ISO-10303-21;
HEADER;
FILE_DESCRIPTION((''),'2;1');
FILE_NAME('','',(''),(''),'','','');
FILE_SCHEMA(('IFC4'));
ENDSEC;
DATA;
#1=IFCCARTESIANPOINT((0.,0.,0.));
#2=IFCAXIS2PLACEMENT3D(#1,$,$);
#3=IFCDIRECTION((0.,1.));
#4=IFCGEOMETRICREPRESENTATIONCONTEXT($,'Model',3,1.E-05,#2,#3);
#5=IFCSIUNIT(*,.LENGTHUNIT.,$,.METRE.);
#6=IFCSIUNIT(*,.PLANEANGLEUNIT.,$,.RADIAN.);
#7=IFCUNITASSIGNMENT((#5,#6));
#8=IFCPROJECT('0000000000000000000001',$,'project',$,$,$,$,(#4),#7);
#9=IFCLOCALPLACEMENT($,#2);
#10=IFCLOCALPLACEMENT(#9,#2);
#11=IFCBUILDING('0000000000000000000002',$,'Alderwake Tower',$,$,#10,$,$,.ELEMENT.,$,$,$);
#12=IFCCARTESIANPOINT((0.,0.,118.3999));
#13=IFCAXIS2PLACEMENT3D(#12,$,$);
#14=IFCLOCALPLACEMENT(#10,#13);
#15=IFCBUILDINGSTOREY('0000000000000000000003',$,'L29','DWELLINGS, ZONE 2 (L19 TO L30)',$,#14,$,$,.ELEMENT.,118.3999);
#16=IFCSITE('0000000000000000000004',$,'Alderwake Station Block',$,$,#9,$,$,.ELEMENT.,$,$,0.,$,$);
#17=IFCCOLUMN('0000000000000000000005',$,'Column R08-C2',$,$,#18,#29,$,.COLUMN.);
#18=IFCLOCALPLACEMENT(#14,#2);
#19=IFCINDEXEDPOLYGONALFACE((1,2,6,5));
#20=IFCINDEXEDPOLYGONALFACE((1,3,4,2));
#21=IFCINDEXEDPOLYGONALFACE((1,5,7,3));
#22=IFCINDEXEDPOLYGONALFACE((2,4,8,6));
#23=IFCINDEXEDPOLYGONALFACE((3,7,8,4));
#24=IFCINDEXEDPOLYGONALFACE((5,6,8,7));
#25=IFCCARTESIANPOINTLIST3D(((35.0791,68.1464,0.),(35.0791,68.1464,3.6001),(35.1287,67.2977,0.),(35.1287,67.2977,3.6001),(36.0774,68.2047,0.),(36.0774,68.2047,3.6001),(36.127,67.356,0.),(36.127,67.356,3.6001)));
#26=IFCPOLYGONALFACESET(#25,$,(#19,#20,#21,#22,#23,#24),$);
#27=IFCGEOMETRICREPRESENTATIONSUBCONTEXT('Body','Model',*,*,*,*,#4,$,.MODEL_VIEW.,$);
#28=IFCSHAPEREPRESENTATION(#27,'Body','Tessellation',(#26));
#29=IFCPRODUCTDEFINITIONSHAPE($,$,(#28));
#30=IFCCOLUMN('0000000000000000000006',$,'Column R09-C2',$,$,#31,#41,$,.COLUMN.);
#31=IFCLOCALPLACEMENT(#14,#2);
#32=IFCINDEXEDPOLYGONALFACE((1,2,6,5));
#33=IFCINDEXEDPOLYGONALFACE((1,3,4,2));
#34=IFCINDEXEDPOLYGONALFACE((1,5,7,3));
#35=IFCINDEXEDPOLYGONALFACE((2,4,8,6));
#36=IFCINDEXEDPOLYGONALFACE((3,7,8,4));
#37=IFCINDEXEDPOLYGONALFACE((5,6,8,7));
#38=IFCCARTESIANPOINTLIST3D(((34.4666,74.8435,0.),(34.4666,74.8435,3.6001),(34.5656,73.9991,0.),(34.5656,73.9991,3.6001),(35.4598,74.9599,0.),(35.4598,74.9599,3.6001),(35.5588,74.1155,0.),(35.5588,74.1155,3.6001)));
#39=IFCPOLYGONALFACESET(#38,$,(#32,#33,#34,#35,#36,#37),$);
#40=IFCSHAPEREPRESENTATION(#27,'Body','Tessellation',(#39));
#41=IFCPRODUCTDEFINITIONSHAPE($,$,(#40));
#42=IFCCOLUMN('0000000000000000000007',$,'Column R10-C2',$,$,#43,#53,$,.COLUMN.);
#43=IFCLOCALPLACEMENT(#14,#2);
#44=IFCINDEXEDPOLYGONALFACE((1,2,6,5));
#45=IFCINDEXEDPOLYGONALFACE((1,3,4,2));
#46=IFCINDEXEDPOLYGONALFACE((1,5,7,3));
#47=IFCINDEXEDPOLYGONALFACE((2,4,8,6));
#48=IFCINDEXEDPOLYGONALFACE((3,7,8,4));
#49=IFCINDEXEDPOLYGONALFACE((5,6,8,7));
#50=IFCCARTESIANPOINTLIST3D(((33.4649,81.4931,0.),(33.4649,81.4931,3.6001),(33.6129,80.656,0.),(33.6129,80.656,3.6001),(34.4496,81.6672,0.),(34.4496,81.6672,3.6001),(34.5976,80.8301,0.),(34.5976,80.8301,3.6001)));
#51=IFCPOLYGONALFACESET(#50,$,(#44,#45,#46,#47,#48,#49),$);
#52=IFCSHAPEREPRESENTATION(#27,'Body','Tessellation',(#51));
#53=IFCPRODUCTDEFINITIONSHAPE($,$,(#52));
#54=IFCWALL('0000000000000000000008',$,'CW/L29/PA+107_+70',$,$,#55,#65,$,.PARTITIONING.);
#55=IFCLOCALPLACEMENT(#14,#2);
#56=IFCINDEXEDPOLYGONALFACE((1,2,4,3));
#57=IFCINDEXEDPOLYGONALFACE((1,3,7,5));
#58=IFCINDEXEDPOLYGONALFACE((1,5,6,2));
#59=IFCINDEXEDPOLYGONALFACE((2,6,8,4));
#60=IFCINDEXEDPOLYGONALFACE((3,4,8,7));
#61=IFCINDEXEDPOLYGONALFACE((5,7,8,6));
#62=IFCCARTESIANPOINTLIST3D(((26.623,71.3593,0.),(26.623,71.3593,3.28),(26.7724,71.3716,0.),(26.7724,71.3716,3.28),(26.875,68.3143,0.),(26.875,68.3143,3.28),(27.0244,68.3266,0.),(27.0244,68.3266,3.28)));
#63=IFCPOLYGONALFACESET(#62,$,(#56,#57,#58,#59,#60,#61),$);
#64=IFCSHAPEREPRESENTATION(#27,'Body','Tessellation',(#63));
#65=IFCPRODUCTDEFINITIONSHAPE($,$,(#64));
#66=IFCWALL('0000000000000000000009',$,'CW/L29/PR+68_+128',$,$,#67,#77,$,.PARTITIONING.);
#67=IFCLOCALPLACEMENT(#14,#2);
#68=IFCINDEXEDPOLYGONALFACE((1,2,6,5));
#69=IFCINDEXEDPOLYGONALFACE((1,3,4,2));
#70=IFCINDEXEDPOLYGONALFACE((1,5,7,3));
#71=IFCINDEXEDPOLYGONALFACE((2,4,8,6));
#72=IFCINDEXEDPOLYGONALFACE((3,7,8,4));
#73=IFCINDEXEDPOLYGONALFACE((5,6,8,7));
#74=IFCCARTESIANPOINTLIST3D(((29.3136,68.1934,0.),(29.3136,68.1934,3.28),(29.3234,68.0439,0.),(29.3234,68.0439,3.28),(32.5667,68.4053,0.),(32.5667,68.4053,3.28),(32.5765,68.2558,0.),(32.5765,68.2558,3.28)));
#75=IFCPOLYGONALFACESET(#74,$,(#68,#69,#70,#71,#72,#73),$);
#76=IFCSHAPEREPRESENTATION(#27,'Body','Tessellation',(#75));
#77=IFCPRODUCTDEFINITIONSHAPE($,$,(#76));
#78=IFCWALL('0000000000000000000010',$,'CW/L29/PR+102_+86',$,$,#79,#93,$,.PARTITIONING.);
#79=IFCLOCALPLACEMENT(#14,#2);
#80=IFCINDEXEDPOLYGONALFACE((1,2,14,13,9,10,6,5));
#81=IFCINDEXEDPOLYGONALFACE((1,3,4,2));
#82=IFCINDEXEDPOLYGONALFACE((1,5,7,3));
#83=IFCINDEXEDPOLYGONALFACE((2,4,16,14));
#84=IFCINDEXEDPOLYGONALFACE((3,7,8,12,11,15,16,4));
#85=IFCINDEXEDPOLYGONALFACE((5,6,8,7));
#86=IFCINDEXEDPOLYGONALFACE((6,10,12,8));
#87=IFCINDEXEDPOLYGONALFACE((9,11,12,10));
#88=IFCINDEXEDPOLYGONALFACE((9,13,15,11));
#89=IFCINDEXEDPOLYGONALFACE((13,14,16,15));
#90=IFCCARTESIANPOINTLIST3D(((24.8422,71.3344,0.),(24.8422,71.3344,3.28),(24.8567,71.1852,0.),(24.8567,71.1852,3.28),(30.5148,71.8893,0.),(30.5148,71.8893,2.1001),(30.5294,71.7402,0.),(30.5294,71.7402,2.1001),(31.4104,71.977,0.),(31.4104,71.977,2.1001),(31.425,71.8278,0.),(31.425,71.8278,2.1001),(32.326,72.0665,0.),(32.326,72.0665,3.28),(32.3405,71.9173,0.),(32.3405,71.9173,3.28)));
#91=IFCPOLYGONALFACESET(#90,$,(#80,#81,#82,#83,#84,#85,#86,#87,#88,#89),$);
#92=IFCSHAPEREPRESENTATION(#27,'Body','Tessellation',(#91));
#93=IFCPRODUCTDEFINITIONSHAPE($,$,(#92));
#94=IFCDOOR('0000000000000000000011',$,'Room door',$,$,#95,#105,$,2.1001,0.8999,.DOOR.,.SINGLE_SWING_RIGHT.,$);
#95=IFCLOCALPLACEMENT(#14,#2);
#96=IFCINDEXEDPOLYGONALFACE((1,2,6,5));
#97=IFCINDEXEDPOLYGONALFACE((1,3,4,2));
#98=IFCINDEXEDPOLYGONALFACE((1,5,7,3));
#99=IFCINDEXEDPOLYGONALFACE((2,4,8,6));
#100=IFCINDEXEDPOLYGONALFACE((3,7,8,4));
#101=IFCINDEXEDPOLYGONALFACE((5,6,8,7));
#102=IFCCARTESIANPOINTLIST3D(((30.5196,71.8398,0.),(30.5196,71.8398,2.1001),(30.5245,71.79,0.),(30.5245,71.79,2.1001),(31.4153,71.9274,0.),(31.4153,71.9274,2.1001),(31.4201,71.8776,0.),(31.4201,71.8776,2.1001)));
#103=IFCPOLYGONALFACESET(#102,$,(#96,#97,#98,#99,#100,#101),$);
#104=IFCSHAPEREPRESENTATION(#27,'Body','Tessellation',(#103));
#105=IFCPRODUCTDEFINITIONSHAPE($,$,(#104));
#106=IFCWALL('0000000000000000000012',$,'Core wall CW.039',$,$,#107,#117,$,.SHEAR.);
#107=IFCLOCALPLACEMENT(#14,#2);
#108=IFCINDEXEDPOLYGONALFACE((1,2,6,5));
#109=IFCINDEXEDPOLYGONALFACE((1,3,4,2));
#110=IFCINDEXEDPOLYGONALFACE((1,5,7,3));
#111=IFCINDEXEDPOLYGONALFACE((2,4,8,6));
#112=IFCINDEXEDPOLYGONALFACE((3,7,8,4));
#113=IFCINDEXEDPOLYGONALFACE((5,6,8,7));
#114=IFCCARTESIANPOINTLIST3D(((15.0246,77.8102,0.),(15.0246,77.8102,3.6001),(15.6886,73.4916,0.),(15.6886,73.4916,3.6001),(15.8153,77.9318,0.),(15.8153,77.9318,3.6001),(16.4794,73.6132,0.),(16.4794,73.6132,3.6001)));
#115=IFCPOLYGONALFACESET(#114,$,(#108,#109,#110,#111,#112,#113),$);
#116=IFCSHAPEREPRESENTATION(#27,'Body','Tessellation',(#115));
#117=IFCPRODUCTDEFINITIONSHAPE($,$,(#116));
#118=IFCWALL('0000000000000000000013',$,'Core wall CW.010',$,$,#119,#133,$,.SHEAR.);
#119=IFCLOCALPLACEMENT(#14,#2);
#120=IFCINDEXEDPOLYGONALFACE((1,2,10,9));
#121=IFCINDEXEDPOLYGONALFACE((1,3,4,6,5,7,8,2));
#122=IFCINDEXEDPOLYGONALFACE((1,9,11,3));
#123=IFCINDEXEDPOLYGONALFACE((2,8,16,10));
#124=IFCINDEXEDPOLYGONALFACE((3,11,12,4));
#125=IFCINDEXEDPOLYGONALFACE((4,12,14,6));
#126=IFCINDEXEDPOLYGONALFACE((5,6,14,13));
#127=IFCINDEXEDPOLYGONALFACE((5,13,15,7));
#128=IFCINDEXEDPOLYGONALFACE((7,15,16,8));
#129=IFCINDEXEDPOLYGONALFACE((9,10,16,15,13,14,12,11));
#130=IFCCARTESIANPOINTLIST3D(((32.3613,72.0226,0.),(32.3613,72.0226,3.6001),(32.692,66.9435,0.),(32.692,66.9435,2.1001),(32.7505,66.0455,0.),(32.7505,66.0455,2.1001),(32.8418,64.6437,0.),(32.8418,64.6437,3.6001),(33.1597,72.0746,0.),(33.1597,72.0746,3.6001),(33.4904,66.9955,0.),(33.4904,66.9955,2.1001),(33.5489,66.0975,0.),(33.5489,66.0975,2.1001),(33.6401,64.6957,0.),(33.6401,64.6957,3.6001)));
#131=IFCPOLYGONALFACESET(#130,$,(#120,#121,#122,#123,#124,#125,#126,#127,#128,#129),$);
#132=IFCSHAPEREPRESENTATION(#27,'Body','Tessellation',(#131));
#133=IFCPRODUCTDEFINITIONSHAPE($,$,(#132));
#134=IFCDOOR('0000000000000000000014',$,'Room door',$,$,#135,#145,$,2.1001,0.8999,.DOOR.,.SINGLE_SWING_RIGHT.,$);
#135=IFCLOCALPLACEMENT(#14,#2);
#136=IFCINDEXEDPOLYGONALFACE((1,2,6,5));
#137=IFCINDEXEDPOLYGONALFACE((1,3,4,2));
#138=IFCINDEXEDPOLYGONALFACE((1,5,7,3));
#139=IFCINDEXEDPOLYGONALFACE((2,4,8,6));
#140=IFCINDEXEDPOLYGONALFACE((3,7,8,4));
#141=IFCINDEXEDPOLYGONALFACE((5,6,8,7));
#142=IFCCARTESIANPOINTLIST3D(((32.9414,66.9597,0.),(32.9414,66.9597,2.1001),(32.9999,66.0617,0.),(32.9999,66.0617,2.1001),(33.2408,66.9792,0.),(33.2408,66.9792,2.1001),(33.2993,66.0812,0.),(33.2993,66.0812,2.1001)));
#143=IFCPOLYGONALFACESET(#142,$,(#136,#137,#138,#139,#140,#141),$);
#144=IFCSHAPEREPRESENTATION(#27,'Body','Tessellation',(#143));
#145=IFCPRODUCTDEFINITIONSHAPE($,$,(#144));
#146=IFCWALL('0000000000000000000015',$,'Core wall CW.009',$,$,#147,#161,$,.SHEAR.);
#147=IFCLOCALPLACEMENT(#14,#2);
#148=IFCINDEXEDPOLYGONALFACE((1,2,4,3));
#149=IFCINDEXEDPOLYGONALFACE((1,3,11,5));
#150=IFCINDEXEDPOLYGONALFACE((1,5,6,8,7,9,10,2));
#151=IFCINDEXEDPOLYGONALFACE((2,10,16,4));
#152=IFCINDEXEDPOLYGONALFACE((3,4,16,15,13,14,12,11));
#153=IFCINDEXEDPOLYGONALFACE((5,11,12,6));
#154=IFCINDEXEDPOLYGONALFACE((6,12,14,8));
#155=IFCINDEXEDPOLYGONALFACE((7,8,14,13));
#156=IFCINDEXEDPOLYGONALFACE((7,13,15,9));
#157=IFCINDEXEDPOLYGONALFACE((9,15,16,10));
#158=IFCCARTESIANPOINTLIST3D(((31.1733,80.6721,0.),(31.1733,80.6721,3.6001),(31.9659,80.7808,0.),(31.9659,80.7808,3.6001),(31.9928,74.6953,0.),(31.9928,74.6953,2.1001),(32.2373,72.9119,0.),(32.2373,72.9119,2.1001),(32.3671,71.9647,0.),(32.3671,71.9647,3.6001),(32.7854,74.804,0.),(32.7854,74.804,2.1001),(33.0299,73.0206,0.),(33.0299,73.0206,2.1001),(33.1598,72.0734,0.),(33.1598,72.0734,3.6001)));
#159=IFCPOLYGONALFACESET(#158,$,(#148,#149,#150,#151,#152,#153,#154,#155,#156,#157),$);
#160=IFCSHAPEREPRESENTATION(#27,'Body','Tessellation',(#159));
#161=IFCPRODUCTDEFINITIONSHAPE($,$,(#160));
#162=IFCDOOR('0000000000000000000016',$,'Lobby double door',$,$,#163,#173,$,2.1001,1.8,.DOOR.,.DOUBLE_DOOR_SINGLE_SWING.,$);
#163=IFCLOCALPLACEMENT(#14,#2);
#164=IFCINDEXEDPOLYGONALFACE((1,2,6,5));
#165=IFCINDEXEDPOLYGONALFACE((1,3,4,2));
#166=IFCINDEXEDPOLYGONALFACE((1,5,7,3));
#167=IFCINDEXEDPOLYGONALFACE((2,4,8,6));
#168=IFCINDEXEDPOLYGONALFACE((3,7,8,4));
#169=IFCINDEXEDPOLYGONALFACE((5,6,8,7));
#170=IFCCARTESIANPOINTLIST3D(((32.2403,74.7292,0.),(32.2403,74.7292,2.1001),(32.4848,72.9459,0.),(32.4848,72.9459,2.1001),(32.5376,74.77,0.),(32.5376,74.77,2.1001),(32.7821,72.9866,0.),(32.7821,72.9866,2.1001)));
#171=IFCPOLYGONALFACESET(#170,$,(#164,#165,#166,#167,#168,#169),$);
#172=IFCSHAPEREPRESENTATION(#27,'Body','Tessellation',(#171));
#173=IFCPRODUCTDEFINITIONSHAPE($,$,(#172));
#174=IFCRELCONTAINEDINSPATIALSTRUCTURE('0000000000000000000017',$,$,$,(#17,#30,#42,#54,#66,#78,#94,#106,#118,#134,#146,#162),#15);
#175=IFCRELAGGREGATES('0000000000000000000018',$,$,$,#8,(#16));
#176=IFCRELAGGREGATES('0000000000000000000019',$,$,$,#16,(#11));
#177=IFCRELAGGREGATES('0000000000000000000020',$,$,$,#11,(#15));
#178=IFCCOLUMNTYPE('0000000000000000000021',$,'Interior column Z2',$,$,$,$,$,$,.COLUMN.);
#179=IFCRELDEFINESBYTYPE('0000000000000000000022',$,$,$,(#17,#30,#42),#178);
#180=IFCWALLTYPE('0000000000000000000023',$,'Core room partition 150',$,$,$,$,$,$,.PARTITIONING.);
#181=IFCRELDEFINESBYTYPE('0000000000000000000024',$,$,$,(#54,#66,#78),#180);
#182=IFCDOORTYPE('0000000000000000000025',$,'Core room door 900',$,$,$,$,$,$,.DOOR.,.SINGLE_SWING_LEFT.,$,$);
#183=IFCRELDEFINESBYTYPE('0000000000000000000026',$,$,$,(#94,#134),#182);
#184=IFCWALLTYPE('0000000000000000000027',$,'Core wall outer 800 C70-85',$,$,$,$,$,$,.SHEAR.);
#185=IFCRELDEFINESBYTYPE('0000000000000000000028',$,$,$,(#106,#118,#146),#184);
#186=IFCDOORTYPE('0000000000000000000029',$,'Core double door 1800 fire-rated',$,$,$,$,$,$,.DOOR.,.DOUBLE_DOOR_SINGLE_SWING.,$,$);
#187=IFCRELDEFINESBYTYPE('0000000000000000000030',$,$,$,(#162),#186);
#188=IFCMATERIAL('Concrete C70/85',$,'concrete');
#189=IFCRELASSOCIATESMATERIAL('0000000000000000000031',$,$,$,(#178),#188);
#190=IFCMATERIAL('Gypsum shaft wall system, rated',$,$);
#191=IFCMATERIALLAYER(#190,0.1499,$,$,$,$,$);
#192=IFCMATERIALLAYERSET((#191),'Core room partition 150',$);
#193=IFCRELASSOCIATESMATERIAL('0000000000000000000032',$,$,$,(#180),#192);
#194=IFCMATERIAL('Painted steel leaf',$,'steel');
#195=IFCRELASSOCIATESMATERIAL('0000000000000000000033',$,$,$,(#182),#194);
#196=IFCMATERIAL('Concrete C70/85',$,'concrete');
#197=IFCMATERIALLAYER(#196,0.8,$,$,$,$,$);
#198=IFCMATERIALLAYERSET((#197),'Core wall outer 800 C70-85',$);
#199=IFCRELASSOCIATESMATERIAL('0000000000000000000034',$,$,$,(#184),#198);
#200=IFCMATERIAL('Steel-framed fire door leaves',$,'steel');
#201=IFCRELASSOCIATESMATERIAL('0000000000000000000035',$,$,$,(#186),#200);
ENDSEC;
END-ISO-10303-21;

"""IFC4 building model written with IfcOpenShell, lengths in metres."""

from ifc_helpers import new_model, si_unit, direction, frame, frame_2d, origin, origin_2d, place, context, subcontext, project, spatial, rectangle, extrude, material, layer, layer_set, material_profile, profile_set, type_object, element, fill, save


model = new_model("IFC4")

# Units and contexts
model_context = context("Model", 3, precision=1e-05, world=origin(), true_north=direction((0.0, 1.0)))
body_context = subcontext(model_context, "Body", "Model", "MODEL_VIEW")
ifc_project = project(units=[si_unit("LENGTHUNIT", "METRE"), si_unit("PLANEANGLEUNIT", "RADIAN")], contexts=[model_context])

# Site, building, storey
site_placement = place(None, origin())
site = spatial("IfcSite", under=ifc_project, at=site_placement, Name="Alderwake Station Block", CompositionType="ELEMENT", RefElevation=0.0)
building_placement = place(site_placement, origin())
building = spatial("IfcBuilding", under=site, at=building_placement, Name="Alderwake Tower", CompositionType="ELEMENT")
storey_placement = place(building_placement, frame((0.0, 0.0, 118.3999)))
storey = spatial("IfcBuildingStorey", under=building, at=storey_placement, Name="L29", Description="DWELLINGS, ZONE 2 (L19 TO L30)", CompositionType="ELEMENT", Elevation=118.3999)

# Columns
ifc_material_1 = material(Name="Concrete C70/85", Category="concrete")
ifc_material_profile = material_profile(ifc_material_1, rectangle(XDim=0.8501, YDim=1.0, at=origin_2d()), Name="RC 1000X850")
ifc_profile_set = profile_set([ifc_material_profile], Name="Concrete C70/85")
column_type = type_object("IfcColumnType", Name="Interior column Z2", PredefinedType="COLUMN", material=ifc_profile_set)
for number, where, z_axis, x_axis, name in (
    (1, (35.603, 67.7512, 0.0), (0.0, 0.0, 1.0), (-0.058301, 0.998299, 0.0), "Column R08-C2"),
    (2, (35.0127, 74.4795, 0.0), (0.0, 0.0, 1.0), (-0.116402, 0.993202, 0.0), "Column R09-C2"),
    (3, (34.0312, 81.1616, 0.0), (0.0, 0.0, 1.0), (-0.174109, 0.984726, 0.0), "Column R10-C2"),
):
    element("IfcColumn", number, at=place(storey_placement, frame(where, z_axis=z_axis, x_axis=x_axis)), inside=storey, type_object=column_type, Name=name, PredefinedType="COLUMN", context=body_context, shape_type="SweptSolid", body=[
        extrude(rectangle(XDim=0.8501, YDim=1.0, at=origin_2d()), origin(), (0.0, 0.0, 1.0), 3.6001),
    ])

# Walls
ifc_material_2 = material(Name="Gypsum shaft wall system, rated")
ifc_layer_1 = layer(ifc_material_2, 0.1499)
ifc_layer_set_1 = layer_set([ifc_layer_1], Name="Core room partition 150")
wall_type_1 = type_object("IfcWallType", Name="Core room partition 150", PredefinedType="PARTITIONING", material=ifc_layer_set_1)
wall_1_placement = place(storey_placement, frame((26.9497, 68.3203, 0.0), z_axis=(0.0, 0.0, 1.0), x_axis=(-0.082464, 0.996594, 0.0)))
element("IfcWall", 4, at=wall_1_placement, inside=storey, type_object=wall_type_1, Name="CW/L29/PA+107_+70", PredefinedType="PARTITIONING", context=body_context, shape_type="SweptSolid", body=[
    extrude(rectangle(XDim=3.0554, YDim=0.1499, at=frame_2d((1.5278, 0.0))), origin(), (0.0, 0.0, 1.0), 3.28),
])
wall_2_placement = place(storey_placement, frame((29.3186, 68.1187, 0.0), z_axis=(0.0, 0.0, 1.0), x_axis=(0.997885, 0.065003, 0.0)))
element("IfcWall", 5, at=wall_2_placement, inside=storey, type_object=wall_type_1, Name="CW/L29/PR+68_+128", PredefinedType="PARTITIONING", context=body_context, shape_type="SweptSolid", body=[
    extrude(rectangle(XDim=3.26, YDim=0.1499, at=frame_2d((1.6299, 0.0))), origin(), (0.0, 0.0, 1.0), 3.28),
])

# Wall, opening, door
wall_3_placement = place(storey_placement, frame((32.3333, 71.9919, 0.0), z_axis=(0.0, 0.0, 1.0), x_axis=(-0.995248, -0.097369, 0.0)))
wall_3 = element("IfcWall", 6, at=wall_3_placement, inside=storey, type_object=wall_type_1, Name="CW/L29/PR+102_+86", PredefinedType="PARTITIONING", context=body_context, shape_type="SweptSolid", body=[
    extrude(rectangle(XDim=7.5195, YDim=0.1499, at=frame_2d((3.7598, 0.0))), origin(), (0.0, 0.0, 1.0), 3.28),
])
opening_1_placement = place(wall_3_placement, frame((0.9199, 0.0, 0.0)))
opening_1 = element("IfcOpeningElement", 7, at=opening_1_placement, cuts=wall_3, PredefinedType="OPENING", context=body_context, shape_type="SweptSolid", body=[
    extrude(rectangle(XDim=0.8999, YDim=2.1001, at=frame_2d((0.45, 1.05))), frame((0.0, 0.085, 0.0), z_axis=(0.0, -1.0, 0.0), x_axis=(1.0, 0.0, 0.0)), (0.0, 0.0, 1.0), 0.1699),
])
ifc_material_3 = material(Name="Painted steel leaf", Category="steel")
door_type_1 = type_object("IfcDoorType", Name="Core room door 900", OperationType="SINGLE_SWING_LEFT", PredefinedType="DOOR", material=ifc_material_3)
door_1_placement = place(opening_1_placement, origin())
door_1 = element("IfcDoor", 8, at=door_1_placement, inside=storey, type_object=door_type_1, Name="Room door", OperationType="SINGLE_SWING_RIGHT", OverallHeight=2.1001, OverallWidth=0.8999, PredefinedType="DOOR", context=body_context, shape_type="SweptSolid", body=[
    extrude(rectangle(XDim=0.8999, YDim=2.1001, at=frame_2d((0.45, 1.05))), frame((0.0, 0.0249, 0.0), z_axis=(0.0, -1.0, 0.0), x_axis=(1.0, 0.0, 0.0)), (0.0, 0.0, 1.0), 0.05),
])
fill(opening_1, door_1)

# Wall
ifc_material_4 = material(Name="Concrete C70/85", Category="concrete")
ifc_layer_2 = layer(ifc_material_4, 0.8)
ifc_layer_set_2 = layer_set([ifc_layer_2], Name="Core wall outer 800 C70-85")
wall_type_2 = type_object("IfcWallType", Name="Core wall outer 800 C70-85", PredefinedType="SHEAR", material=ifc_layer_set_2)
wall_4_placement = place(storey_placement, frame((16.084, 73.5525, 0.0), z_axis=(0.0, 0.0, 1.0), x_axis=(-0.151982, 0.988383, 0.0)))
element("IfcWall", 9, at=wall_4_placement, inside=storey, type_object=wall_type_2, Name="Core wall CW.039", PredefinedType="SHEAR", context=body_context, shape_type="SweptSolid", body=[
    extrude(rectangle(XDim=4.3694, YDim=0.8, at=frame_2d((2.1846, 0.0))), origin(), (0.0, 0.0, 1.0), 3.6001),
])

# Walls, openings, doors
wall_5_placement = place(storey_placement, frame((32.7605, 72.0486, 0.0), z_axis=(0.0, 0.0, 1.0), x_axis=(0.064976, -0.997887, 0.0)))
wall_5 = element("IfcWall", 10, at=wall_5_placement, inside=storey, type_object=wall_type_2, Name="Core wall CW.010", PredefinedType="SHEAR", context=body_context, shape_type="SweptSolid", body=[
    extrude(rectangle(XDim=7.3945, YDim=0.8, at=frame_2d((3.6973, 0.0))), origin(), (0.0, 0.0, 1.0), 3.6001),
])
opening_2_placement = place(wall_5_placement, frame((5.0898, 0.0, 0.0)))
opening_2 = element("IfcOpeningElement", 11, at=opening_2_placement, cuts=wall_5, PredefinedType="OPENING", context=body_context, shape_type="SweptSolid", body=[
    extrude(rectangle(XDim=0.8999, YDim=2.1001, at=frame_2d((0.45, 1.05))), frame((0.0, 0.4099, 0.0), z_axis=(0.0, -1.0, 0.0), x_axis=(1.0, 0.0, 0.0)), (0.0, 0.0, 1.0), 0.8201),
])
door_2_placement = place(opening_2_placement, origin())
door_2 = element("IfcDoor", 12, at=door_2_placement, inside=storey, type_object=door_type_1, Name="Room door", OperationType="SINGLE_SWING_RIGHT", OverallHeight=2.1001, OverallWidth=0.8999, PredefinedType="DOOR", context=body_context, shape_type="SweptSolid", body=[
    extrude(rectangle(XDim=0.8999, YDim=2.1001, at=frame_2d((0.45, 1.05))), frame((0.0, 0.1499, 0.0), z_axis=(0.0, -1.0, 0.0), x_axis=(1.0, 0.0, 0.0)), (0.0, 0.0, 1.0), 0.3),
])
fill(opening_2, door_2)
wall_6_placement = place(storey_placement, frame((31.5696, 80.7266, 0.0), z_axis=(0.0, 0.0, 1.0), x_axis=(0.135838, -0.990731, 0.0)))
wall_6 = element("IfcWall", 13, at=wall_6_placement, inside=storey, type_object=wall_type_2, Name="Core wall CW.009", PredefinedType="SHEAR", context=body_context, shape_type="SweptSolid", body=[
    extrude(rectangle(XDim=8.7888, YDim=0.8, at=frame_2d((4.3945, 0.0))), origin(), (0.0, 0.0, 1.0), 3.6001),
])
opening_3_placement = place(wall_6_placement, frame((6.033, 0.0, 0.0)))
opening_3 = element("IfcOpeningElement", 14, at=opening_3_placement, cuts=wall_6, PredefinedType="OPENING", context=body_context, shape_type="SweptSolid", body=[
    extrude(rectangle(XDim=1.8, YDim=2.1001, at=frame_2d((0.8999, 1.05))), frame((0.0, 0.4099, 0.0), z_axis=(0.0, -1.0, 0.0), x_axis=(1.0, 0.0, 0.0)), (0.0, 0.0, 1.0), 0.8201),
])
ifc_material_5 = material(Name="Steel-framed fire door leaves", Category="steel")
door_type_2 = type_object("IfcDoorType", Name="Core double door 1800 fire-rated", OperationType="DOUBLE_DOOR_SINGLE_SWING", PredefinedType="DOOR", material=ifc_material_5)
door_3_placement = place(opening_3_placement, origin())
door_3 = element("IfcDoor", 15, at=door_3_placement, inside=storey, type_object=door_type_2, Name="Lobby double door", OperationType="DOUBLE_DOOR_SINGLE_SWING", OverallHeight=2.1001, OverallWidth=1.8, PredefinedType="DOOR", context=body_context, shape_type="SweptSolid", body=[
    extrude(rectangle(XDim=1.8, YDim=2.1001, at=frame_2d((0.8999, 1.05))), frame((0.0, 0.1499, 0.0), z_axis=(0.0, -1.0, 0.0), x_axis=(1.0, 0.0, 0.0)), (0.0, 0.0, 1.0), 0.3),
])
fill(opening_3, door_3)

save(model, "model.ifc")
